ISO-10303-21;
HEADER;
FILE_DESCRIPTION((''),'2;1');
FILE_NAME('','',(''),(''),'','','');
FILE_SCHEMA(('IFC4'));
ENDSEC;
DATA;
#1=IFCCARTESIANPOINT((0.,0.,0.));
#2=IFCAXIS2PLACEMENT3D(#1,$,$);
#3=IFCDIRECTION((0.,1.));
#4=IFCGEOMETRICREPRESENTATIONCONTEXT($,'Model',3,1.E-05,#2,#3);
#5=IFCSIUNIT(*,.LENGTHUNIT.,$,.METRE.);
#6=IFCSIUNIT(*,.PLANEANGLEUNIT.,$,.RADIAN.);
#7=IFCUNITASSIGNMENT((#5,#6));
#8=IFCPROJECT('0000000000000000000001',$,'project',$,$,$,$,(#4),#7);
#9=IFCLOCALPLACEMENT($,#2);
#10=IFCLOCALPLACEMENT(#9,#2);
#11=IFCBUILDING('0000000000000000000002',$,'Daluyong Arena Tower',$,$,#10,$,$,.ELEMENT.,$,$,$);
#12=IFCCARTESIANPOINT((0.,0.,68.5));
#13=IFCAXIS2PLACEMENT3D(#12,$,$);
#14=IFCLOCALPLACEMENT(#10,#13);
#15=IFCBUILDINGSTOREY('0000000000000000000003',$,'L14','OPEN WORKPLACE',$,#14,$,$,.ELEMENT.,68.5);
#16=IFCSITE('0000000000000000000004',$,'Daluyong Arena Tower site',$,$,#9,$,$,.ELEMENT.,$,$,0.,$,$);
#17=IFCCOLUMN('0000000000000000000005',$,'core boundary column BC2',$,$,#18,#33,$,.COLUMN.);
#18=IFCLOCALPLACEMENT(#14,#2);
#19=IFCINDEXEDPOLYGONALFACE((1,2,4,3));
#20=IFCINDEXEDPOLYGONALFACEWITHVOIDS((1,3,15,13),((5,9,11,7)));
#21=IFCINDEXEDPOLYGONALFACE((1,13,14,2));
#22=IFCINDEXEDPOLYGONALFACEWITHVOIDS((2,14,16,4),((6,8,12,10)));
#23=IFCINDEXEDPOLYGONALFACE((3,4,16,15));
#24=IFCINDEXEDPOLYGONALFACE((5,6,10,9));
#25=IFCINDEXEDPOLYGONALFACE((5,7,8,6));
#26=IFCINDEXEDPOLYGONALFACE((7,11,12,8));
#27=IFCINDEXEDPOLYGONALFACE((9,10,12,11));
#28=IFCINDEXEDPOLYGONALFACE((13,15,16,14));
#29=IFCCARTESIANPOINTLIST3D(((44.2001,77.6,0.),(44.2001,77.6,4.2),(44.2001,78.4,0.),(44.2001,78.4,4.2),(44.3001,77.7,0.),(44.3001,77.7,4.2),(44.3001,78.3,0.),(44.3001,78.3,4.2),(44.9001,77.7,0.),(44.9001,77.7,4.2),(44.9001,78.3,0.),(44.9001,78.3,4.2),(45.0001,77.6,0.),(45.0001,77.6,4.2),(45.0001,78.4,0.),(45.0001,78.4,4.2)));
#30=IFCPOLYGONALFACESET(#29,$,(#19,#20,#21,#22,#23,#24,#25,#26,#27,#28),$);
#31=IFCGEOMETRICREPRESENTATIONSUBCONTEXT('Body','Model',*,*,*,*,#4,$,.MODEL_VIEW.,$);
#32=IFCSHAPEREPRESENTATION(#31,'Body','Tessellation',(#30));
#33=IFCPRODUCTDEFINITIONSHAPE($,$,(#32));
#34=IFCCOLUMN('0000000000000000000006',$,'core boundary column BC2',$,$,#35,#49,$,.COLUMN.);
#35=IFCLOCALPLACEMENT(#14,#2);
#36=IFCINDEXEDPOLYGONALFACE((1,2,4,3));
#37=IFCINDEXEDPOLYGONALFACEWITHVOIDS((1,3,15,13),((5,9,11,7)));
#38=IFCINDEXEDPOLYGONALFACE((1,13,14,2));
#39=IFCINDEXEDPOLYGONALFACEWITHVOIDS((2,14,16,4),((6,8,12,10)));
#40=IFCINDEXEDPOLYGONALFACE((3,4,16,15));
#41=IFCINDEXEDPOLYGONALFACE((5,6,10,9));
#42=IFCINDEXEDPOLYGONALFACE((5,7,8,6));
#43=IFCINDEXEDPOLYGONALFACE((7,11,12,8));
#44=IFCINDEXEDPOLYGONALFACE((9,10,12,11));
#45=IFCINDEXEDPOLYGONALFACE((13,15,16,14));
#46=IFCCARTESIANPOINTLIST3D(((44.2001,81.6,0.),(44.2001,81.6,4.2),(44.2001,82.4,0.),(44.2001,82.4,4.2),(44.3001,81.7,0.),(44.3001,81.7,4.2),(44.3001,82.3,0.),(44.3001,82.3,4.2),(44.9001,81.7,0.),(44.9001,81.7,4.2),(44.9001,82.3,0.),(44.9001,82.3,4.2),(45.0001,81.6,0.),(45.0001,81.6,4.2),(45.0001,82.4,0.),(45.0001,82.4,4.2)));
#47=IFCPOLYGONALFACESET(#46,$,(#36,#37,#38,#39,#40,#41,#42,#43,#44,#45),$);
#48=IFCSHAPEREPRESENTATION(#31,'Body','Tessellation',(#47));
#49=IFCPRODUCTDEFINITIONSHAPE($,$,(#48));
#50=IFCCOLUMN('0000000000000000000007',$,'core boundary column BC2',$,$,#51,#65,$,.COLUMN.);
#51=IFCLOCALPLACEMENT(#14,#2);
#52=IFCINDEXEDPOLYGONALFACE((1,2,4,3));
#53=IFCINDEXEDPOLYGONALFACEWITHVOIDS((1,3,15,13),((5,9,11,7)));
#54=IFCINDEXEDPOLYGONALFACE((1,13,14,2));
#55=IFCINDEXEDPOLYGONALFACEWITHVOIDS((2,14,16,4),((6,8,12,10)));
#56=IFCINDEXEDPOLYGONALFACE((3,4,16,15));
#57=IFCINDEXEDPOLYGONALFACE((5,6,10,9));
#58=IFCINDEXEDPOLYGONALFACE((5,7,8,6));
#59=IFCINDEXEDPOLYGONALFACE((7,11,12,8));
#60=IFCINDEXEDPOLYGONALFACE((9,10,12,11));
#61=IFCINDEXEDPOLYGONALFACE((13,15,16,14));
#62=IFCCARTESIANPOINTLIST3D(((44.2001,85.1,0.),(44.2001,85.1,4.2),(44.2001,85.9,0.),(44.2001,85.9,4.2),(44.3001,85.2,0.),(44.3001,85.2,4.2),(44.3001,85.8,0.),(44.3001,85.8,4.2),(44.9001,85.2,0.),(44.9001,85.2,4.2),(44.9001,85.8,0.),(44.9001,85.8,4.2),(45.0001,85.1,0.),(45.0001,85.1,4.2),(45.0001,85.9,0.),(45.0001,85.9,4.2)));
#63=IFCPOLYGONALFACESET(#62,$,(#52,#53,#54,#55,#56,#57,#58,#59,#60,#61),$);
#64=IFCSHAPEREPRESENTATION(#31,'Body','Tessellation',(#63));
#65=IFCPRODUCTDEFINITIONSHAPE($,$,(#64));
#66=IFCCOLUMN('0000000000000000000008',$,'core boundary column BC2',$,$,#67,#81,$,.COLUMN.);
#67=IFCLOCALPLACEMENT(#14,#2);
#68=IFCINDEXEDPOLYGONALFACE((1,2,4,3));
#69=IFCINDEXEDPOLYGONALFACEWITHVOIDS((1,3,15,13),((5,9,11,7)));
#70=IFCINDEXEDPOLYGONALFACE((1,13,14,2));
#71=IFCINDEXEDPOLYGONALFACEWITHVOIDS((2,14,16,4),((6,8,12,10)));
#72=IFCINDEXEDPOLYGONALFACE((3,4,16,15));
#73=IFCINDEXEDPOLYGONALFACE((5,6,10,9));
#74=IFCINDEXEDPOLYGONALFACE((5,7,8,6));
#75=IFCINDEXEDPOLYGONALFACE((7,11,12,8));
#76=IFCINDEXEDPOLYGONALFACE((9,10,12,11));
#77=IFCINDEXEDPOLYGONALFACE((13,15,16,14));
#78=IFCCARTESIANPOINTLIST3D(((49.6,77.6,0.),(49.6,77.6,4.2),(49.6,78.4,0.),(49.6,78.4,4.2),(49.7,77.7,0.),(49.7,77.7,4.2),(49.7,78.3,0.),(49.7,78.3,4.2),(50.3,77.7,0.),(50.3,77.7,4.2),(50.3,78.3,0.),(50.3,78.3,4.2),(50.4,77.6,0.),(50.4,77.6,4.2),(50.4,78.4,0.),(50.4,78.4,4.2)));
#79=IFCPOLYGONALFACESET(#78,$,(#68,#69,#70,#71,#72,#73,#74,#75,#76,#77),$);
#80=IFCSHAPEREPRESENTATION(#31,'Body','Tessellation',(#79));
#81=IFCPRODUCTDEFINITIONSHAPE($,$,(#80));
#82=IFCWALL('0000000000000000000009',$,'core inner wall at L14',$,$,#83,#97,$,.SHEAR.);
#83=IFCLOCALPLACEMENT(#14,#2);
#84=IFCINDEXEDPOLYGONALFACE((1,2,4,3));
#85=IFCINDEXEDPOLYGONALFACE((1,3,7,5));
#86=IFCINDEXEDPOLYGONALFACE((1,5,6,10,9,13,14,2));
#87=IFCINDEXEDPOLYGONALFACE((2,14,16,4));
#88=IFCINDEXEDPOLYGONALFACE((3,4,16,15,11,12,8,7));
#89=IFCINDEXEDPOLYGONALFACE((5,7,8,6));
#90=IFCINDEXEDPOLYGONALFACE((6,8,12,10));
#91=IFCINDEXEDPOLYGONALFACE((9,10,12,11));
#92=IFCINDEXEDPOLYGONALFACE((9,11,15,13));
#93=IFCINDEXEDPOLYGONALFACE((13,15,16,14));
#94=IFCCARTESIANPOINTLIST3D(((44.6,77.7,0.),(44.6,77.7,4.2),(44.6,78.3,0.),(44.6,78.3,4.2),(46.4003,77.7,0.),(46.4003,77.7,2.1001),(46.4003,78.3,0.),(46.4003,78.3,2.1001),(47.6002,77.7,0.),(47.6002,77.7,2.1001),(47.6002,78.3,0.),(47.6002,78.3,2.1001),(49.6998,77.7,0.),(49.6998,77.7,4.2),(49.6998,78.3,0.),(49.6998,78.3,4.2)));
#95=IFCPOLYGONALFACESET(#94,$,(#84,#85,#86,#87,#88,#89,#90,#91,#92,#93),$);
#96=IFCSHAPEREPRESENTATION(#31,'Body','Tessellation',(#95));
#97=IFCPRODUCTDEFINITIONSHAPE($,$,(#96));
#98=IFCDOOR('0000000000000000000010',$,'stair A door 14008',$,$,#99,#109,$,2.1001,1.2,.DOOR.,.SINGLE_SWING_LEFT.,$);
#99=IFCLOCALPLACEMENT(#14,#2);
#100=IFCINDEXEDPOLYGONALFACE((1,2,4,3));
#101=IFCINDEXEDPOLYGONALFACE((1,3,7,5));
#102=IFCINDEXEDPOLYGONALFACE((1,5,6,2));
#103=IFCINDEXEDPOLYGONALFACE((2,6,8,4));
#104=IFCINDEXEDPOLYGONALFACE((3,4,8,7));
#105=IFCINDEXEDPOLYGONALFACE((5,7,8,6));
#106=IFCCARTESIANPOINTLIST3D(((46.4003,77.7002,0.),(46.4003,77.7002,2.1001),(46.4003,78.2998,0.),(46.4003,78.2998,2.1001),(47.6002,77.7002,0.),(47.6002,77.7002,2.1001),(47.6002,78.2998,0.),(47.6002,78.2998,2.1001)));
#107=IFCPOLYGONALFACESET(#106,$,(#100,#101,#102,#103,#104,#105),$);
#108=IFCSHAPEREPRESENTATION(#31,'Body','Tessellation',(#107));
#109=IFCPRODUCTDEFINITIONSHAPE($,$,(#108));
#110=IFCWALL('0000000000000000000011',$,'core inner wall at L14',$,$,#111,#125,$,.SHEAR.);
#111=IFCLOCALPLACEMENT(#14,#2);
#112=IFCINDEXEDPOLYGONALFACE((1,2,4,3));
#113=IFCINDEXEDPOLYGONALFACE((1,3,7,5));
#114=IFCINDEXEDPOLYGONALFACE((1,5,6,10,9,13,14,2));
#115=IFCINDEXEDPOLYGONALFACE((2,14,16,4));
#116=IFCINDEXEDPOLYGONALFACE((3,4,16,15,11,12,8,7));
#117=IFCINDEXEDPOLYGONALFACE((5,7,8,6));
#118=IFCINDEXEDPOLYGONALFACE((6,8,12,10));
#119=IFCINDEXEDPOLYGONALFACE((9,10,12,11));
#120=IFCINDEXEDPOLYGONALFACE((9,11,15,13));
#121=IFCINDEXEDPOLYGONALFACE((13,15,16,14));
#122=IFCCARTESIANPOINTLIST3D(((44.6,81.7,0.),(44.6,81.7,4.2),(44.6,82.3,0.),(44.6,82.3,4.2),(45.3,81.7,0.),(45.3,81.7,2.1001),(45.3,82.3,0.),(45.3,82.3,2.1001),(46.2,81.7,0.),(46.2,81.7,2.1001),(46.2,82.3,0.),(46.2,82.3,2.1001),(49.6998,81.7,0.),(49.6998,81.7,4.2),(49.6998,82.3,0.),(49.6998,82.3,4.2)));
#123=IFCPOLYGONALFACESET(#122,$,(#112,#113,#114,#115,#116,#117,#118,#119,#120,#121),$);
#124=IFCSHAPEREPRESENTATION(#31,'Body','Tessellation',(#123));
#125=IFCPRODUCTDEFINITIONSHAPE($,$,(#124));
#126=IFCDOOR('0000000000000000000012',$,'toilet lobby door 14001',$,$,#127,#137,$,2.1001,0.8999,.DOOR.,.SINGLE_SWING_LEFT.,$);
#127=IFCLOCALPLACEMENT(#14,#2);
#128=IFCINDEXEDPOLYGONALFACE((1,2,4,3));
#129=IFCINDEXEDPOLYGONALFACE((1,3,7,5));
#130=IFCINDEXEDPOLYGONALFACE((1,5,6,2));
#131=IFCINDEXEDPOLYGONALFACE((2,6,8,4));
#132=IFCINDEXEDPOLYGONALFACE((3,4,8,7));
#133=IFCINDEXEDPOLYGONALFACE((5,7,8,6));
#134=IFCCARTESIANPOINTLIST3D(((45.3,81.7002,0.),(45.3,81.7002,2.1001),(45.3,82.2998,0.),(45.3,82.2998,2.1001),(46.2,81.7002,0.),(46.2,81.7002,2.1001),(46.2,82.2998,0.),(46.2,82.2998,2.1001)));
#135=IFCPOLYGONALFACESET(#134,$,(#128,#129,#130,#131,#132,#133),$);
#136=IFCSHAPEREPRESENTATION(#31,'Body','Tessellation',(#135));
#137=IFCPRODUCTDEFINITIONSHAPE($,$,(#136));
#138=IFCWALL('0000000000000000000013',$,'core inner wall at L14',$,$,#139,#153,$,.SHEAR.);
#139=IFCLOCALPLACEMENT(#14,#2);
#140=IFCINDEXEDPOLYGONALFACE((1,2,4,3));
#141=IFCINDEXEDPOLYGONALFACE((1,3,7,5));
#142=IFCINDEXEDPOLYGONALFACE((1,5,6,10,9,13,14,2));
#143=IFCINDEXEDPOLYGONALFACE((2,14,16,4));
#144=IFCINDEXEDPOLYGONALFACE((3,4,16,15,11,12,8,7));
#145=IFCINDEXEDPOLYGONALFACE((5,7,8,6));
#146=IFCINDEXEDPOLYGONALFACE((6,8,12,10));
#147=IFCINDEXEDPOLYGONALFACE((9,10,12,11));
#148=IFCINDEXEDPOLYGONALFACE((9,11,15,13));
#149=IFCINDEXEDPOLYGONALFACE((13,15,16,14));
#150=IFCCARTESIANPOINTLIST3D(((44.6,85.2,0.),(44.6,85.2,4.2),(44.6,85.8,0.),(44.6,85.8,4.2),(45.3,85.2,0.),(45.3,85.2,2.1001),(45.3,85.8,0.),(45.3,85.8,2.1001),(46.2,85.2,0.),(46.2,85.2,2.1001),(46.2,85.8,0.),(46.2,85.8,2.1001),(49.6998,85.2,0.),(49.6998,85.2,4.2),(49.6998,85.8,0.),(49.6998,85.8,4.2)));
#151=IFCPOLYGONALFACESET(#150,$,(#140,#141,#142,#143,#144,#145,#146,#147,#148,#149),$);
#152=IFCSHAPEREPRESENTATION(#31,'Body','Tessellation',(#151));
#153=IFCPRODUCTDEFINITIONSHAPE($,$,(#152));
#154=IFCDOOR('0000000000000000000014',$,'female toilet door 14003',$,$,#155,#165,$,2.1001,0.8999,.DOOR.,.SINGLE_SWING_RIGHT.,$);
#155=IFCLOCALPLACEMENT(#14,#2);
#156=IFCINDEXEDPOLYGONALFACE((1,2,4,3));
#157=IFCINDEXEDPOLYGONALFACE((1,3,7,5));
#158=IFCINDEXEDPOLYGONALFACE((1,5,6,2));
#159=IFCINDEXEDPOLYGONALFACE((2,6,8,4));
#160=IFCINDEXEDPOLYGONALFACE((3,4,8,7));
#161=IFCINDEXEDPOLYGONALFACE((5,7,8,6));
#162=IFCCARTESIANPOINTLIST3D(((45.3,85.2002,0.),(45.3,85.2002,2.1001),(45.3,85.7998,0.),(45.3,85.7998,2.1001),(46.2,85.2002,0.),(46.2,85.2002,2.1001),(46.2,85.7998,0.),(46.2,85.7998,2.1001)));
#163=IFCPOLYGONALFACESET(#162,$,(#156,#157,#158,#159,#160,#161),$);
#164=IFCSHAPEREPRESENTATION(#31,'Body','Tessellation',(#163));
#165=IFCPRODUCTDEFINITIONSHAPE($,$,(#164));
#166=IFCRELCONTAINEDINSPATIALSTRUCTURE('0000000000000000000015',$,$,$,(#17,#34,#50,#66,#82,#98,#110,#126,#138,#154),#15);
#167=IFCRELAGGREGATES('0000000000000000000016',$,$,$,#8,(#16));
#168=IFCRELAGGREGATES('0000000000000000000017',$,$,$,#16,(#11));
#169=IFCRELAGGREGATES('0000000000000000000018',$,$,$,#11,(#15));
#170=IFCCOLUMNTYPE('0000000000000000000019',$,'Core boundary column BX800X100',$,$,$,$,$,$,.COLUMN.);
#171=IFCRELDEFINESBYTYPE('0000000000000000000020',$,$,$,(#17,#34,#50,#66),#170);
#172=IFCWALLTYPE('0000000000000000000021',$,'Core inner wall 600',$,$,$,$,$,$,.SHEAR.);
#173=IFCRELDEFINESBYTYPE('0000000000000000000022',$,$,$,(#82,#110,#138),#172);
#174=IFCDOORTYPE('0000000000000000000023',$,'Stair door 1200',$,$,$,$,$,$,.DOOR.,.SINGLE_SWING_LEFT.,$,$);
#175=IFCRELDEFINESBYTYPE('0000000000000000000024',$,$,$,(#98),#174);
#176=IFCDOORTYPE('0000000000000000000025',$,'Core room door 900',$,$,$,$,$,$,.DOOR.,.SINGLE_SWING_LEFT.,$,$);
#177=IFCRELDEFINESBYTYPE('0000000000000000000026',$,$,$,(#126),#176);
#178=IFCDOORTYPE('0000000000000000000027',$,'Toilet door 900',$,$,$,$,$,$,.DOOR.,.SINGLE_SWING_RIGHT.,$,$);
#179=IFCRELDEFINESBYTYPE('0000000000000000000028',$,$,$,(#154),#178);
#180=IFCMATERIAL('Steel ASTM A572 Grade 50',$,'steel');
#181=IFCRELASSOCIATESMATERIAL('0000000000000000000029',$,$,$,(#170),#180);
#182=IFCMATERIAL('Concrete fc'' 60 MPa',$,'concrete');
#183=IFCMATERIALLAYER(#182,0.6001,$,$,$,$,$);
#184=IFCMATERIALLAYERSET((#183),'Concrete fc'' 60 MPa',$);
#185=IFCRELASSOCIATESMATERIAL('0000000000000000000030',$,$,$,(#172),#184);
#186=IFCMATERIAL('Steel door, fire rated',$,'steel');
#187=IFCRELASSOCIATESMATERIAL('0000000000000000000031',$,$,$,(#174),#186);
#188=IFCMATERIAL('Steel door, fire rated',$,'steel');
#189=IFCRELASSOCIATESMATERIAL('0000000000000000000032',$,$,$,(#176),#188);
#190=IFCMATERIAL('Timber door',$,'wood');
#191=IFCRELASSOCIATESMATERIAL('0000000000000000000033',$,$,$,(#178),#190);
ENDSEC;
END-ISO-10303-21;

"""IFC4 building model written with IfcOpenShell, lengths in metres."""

from ifc_helpers import new_model, si_unit, direction, frame, frame_2d, origin, origin_2d, place, context, subcontext, project, spatial, rectangle, hollow_rectangle, extrude, material, layer, layer_set, material_profile, profile_set, type_object, element, fill, save


model = new_model("IFC4")

# Units and contexts
model_context = context("Model", 3, precision=1e-05, world=origin(), true_north=direction((0.0, 1.0)))
body_context = subcontext(model_context, "Body", "Model", "MODEL_VIEW")
ifc_project = project(units=[si_unit("LENGTHUNIT", "METRE"), si_unit("PLANEANGLEUNIT", "RADIAN")], contexts=[model_context])

# Site, building, storey
site_placement = place(None, origin())
site = spatial("IfcSite", under=ifc_project, at=site_placement, Name="Daluyong Arena Tower site", CompositionType="ELEMENT", RefElevation=0.0)
building_placement = place(site_placement, origin())
building = spatial("IfcBuilding", under=site, at=building_placement, Name="Daluyong Arena Tower", CompositionType="ELEMENT")
storey_placement = place(building_placement, frame((0.0, 0.0, 68.5)))
storey = spatial("IfcBuildingStorey", under=building, at=storey_placement, Name="L14", Description="OPEN WORKPLACE", CompositionType="ELEMENT", Elevation=68.5)

# Columns
ifc_material_1 = material(Name="Steel ASTM A572 Grade 50", Category="steel")
ifc_material_profile = material_profile(ifc_material_1, hollow_rectangle(XDim=0.8, YDim=0.8, WallThickness=0.1, at=origin_2d()))
ifc_profile_set = profile_set([ifc_material_profile], Name="Steel ASTM A572 Grade 50")
column_type = type_object("IfcColumnType", Name="Core boundary column BX800X100", PredefinedType="COLUMN", material=ifc_profile_set)
for number, where, z_axis, x_axis, name in (
    (1, (44.6001, 78.0, 0.0), (0.0, 0.0, 1.0), (1.0, 0.0, 0.0), "core boundary column BC2"),
    (2, (44.6001, 82.0, 0.0), (0.0, 0.0, 1.0), (1.0, 0.0, 0.0), "core boundary column BC2"),
    (3, (44.6001, 85.5, 0.0), (0.0, 0.0, 1.0), (1.0, 0.0, 0.0), "core boundary column BC2"),
    (4, (50.0, 78.0, 0.0), (0.0, 0.0, 1.0), (1.0, 0.0, 0.0), "core boundary column BC2"),
):
    element("IfcColumn", number, at=place(storey_placement, frame(where, z_axis=z_axis, x_axis=x_axis)), inside=storey, type_object=column_type, Name=name, PredefinedType="COLUMN", context=body_context, shape_type="SweptSolid", body=[
        extrude(hollow_rectangle(XDim=0.8, YDim=0.8, WallThickness=0.1, at=origin_2d()), origin(), (0.0, 0.0, 1.0), 4.2),
    ])

# Walls, openings, doors
ifc_material_2 = material(Name="Concrete fc' 60 MPa", Category="concrete")
ifc_layer_1 = layer(ifc_material_2, 0.6001)
ifc_layer_set_1 = layer_set([ifc_layer_1], Name="Concrete fc' 60 MPa")
wall_type_1 = type_object("IfcWallType", Name="Core inner wall 600", PredefinedType="SHEAR", material=ifc_layer_set_1)
wall_1_placement = place(storey_placement, frame((44.6001, 78.0, 0.0), z_axis=(0.0, 0.0, 1.0), x_axis=(1.0, 0.0, 0.0)))
wall_1 = element("IfcWall", 5, at=wall_1_placement, inside=storey, type_object=wall_type_1, Name="core inner wall at L14", PredefinedType="SHEAR", context=body_context, shape_type="SweptSolid", body=[
    extrude(rectangle(XDim=5.0999, YDim=0.6001, at=frame_2d((2.5498, 0.0))), origin(), (0.0, 0.0, 1.0), 4.2),
])
opening_1_placement = place(wall_1_placement, frame((1.8, 0.0, 0.0)))
opening_1 = element("IfcOpeningElement", 6, at=opening_1_placement, cuts=wall_1, PredefinedType="OPENING", context=body_context, shape_type="SweptSolid", body=[
    extrude(rectangle(XDim=1.2, YDim=2.1001, at=frame_2d((0.6001, 1.05))), frame((0.0, 0.3101, 0.0), z_axis=(0.0, -1.0, 0.0), x_axis=(1.0, 0.0, 0.0)), (0.0, 0.0, 1.0), 0.6201),
])
ifc_material_3 = material(Name="Steel door, fire rated", Category="steel")
door_type_1 = type_object("IfcDoorType", Name="Stair door 1200", OperationType="SINGLE_SWING_LEFT", PredefinedType="DOOR", material=ifc_material_3)
door_1_placement = place(opening_1_placement, origin())
door_1 = element("IfcDoor", 7, at=door_1_placement, inside=storey, type_object=door_type_1, Name="stair A door 14008", OperationType="SINGLE_SWING_LEFT", OverallHeight=2.1001, OverallWidth=1.2, PredefinedType="DOOR", context=body_context, shape_type="SweptSolid", body=[
    extrude(rectangle(XDim=1.2, YDim=2.1001, at=frame_2d((0.6001, 1.05))), frame((0.0, 0.2998, 0.0), z_axis=(0.0, -1.0, 0.0), x_axis=(1.0, 0.0, 0.0)), (0.0, 0.0, 1.0), 0.5996),
])
fill(opening_1, door_1)
wall_2_placement = place(storey_placement, frame((44.6001, 82.0, 0.0), z_axis=(0.0, 0.0, 1.0), x_axis=(1.0, 0.0, 0.0)))
wall_2 = element("IfcWall", 8, at=wall_2_placement, inside=storey, type_object=wall_type_1, Name="core inner wall at L14", PredefinedType="SHEAR", context=body_context, shape_type="SweptSolid", body=[
    extrude(rectangle(XDim=5.0999, YDim=0.6001, at=frame_2d((2.5498, 0.0))), origin(), (0.0, 0.0, 1.0), 4.2),
])
opening_2_placement = place(wall_2_placement, frame((0.7, 0.0, 0.0)))
opening_2 = element("IfcOpeningElement", 9, at=opening_2_placement, cuts=wall_2, PredefinedType="OPENING", context=body_context, shape_type="SweptSolid", body=[
    extrude(rectangle(XDim=0.8999, YDim=2.1001, at=frame_2d((0.45, 1.05))), frame((0.0, 0.3101, 0.0), z_axis=(0.0, -1.0, 0.0), x_axis=(1.0, 0.0, 0.0)), (0.0, 0.0, 1.0), 0.6201),
])
ifc_material_4 = material(Name="Steel door, fire rated", Category="steel")
door_type_2 = type_object("IfcDoorType", Name="Core room door 900", OperationType="SINGLE_SWING_LEFT", PredefinedType="DOOR", material=ifc_material_4)
door_2_placement = place(opening_2_placement, origin())
door_2 = element("IfcDoor", 10, at=door_2_placement, inside=storey, type_object=door_type_2, Name="toilet lobby door 14001", OperationType="SINGLE_SWING_LEFT", OverallHeight=2.1001, OverallWidth=0.8999, PredefinedType="DOOR", context=body_context, shape_type="SweptSolid", body=[
    extrude(rectangle(XDim=0.8999, YDim=2.1001, at=frame_2d((0.45, 1.05))), frame((0.0, 0.2998, 0.0), z_axis=(0.0, -1.0, 0.0), x_axis=(1.0, 0.0, 0.0)), (0.0, 0.0, 1.0), 0.5996),
])
fill(opening_2, door_2)
wall_3_placement = place(storey_placement, frame((44.6001, 85.5, 0.0), z_axis=(0.0, 0.0, 1.0), x_axis=(1.0, 0.0, 0.0)))
wall_3 = element("IfcWall", 11, at=wall_3_placement, inside=storey, type_object=wall_type_1, Name="core inner wall at L14", PredefinedType="SHEAR", context=body_context, shape_type="SweptSolid", body=[
    extrude(rectangle(XDim=5.0999, YDim=0.6001, at=frame_2d((2.5498, 0.0))), origin(), (0.0, 0.0, 1.0), 4.2),
])
opening_3_placement = place(wall_3_placement, frame((0.7, 0.0, 0.0)))
opening_3 = element("IfcOpeningElement", 12, at=opening_3_placement, cuts=wall_3, PredefinedType="OPENING", context=body_context, shape_type="SweptSolid", body=[
    extrude(rectangle(XDim=0.8999, YDim=2.1001, at=frame_2d((0.45, 1.05))), frame((0.0, 0.3101, 0.0), z_axis=(0.0, -1.0, 0.0), x_axis=(1.0, 0.0, 0.0)), (0.0, 0.0, 1.0), 0.6201),
])
ifc_material_5 = material(Name="Timber door", Category="wood")
door_type_3 = type_object("IfcDoorType", Name="Toilet door 900", OperationType="SINGLE_SWING_RIGHT", PredefinedType="DOOR", material=ifc_material_5)
door_3_placement = place(opening_3_placement, origin())
door_3 = element("IfcDoor", 13, at=door_3_placement, inside=storey, type_object=door_type_3, Name="female toilet door 14003", OperationType="SINGLE_SWING_RIGHT", OverallHeight=2.1001, OverallWidth=0.8999, PredefinedType="DOOR", context=body_context, shape_type="SweptSolid", body=[
    extrude(rectangle(XDim=0.8999, YDim=2.1001, at=frame_2d((0.45, 1.05))), frame((0.0, 0.2998, 0.0), z_axis=(0.0, -1.0, 0.0), x_axis=(1.0, 0.0, 0.0)), (0.0, 0.0, 1.0), 0.5996),
])
fill(opening_3, door_3)

save(model, "model.ifc")
